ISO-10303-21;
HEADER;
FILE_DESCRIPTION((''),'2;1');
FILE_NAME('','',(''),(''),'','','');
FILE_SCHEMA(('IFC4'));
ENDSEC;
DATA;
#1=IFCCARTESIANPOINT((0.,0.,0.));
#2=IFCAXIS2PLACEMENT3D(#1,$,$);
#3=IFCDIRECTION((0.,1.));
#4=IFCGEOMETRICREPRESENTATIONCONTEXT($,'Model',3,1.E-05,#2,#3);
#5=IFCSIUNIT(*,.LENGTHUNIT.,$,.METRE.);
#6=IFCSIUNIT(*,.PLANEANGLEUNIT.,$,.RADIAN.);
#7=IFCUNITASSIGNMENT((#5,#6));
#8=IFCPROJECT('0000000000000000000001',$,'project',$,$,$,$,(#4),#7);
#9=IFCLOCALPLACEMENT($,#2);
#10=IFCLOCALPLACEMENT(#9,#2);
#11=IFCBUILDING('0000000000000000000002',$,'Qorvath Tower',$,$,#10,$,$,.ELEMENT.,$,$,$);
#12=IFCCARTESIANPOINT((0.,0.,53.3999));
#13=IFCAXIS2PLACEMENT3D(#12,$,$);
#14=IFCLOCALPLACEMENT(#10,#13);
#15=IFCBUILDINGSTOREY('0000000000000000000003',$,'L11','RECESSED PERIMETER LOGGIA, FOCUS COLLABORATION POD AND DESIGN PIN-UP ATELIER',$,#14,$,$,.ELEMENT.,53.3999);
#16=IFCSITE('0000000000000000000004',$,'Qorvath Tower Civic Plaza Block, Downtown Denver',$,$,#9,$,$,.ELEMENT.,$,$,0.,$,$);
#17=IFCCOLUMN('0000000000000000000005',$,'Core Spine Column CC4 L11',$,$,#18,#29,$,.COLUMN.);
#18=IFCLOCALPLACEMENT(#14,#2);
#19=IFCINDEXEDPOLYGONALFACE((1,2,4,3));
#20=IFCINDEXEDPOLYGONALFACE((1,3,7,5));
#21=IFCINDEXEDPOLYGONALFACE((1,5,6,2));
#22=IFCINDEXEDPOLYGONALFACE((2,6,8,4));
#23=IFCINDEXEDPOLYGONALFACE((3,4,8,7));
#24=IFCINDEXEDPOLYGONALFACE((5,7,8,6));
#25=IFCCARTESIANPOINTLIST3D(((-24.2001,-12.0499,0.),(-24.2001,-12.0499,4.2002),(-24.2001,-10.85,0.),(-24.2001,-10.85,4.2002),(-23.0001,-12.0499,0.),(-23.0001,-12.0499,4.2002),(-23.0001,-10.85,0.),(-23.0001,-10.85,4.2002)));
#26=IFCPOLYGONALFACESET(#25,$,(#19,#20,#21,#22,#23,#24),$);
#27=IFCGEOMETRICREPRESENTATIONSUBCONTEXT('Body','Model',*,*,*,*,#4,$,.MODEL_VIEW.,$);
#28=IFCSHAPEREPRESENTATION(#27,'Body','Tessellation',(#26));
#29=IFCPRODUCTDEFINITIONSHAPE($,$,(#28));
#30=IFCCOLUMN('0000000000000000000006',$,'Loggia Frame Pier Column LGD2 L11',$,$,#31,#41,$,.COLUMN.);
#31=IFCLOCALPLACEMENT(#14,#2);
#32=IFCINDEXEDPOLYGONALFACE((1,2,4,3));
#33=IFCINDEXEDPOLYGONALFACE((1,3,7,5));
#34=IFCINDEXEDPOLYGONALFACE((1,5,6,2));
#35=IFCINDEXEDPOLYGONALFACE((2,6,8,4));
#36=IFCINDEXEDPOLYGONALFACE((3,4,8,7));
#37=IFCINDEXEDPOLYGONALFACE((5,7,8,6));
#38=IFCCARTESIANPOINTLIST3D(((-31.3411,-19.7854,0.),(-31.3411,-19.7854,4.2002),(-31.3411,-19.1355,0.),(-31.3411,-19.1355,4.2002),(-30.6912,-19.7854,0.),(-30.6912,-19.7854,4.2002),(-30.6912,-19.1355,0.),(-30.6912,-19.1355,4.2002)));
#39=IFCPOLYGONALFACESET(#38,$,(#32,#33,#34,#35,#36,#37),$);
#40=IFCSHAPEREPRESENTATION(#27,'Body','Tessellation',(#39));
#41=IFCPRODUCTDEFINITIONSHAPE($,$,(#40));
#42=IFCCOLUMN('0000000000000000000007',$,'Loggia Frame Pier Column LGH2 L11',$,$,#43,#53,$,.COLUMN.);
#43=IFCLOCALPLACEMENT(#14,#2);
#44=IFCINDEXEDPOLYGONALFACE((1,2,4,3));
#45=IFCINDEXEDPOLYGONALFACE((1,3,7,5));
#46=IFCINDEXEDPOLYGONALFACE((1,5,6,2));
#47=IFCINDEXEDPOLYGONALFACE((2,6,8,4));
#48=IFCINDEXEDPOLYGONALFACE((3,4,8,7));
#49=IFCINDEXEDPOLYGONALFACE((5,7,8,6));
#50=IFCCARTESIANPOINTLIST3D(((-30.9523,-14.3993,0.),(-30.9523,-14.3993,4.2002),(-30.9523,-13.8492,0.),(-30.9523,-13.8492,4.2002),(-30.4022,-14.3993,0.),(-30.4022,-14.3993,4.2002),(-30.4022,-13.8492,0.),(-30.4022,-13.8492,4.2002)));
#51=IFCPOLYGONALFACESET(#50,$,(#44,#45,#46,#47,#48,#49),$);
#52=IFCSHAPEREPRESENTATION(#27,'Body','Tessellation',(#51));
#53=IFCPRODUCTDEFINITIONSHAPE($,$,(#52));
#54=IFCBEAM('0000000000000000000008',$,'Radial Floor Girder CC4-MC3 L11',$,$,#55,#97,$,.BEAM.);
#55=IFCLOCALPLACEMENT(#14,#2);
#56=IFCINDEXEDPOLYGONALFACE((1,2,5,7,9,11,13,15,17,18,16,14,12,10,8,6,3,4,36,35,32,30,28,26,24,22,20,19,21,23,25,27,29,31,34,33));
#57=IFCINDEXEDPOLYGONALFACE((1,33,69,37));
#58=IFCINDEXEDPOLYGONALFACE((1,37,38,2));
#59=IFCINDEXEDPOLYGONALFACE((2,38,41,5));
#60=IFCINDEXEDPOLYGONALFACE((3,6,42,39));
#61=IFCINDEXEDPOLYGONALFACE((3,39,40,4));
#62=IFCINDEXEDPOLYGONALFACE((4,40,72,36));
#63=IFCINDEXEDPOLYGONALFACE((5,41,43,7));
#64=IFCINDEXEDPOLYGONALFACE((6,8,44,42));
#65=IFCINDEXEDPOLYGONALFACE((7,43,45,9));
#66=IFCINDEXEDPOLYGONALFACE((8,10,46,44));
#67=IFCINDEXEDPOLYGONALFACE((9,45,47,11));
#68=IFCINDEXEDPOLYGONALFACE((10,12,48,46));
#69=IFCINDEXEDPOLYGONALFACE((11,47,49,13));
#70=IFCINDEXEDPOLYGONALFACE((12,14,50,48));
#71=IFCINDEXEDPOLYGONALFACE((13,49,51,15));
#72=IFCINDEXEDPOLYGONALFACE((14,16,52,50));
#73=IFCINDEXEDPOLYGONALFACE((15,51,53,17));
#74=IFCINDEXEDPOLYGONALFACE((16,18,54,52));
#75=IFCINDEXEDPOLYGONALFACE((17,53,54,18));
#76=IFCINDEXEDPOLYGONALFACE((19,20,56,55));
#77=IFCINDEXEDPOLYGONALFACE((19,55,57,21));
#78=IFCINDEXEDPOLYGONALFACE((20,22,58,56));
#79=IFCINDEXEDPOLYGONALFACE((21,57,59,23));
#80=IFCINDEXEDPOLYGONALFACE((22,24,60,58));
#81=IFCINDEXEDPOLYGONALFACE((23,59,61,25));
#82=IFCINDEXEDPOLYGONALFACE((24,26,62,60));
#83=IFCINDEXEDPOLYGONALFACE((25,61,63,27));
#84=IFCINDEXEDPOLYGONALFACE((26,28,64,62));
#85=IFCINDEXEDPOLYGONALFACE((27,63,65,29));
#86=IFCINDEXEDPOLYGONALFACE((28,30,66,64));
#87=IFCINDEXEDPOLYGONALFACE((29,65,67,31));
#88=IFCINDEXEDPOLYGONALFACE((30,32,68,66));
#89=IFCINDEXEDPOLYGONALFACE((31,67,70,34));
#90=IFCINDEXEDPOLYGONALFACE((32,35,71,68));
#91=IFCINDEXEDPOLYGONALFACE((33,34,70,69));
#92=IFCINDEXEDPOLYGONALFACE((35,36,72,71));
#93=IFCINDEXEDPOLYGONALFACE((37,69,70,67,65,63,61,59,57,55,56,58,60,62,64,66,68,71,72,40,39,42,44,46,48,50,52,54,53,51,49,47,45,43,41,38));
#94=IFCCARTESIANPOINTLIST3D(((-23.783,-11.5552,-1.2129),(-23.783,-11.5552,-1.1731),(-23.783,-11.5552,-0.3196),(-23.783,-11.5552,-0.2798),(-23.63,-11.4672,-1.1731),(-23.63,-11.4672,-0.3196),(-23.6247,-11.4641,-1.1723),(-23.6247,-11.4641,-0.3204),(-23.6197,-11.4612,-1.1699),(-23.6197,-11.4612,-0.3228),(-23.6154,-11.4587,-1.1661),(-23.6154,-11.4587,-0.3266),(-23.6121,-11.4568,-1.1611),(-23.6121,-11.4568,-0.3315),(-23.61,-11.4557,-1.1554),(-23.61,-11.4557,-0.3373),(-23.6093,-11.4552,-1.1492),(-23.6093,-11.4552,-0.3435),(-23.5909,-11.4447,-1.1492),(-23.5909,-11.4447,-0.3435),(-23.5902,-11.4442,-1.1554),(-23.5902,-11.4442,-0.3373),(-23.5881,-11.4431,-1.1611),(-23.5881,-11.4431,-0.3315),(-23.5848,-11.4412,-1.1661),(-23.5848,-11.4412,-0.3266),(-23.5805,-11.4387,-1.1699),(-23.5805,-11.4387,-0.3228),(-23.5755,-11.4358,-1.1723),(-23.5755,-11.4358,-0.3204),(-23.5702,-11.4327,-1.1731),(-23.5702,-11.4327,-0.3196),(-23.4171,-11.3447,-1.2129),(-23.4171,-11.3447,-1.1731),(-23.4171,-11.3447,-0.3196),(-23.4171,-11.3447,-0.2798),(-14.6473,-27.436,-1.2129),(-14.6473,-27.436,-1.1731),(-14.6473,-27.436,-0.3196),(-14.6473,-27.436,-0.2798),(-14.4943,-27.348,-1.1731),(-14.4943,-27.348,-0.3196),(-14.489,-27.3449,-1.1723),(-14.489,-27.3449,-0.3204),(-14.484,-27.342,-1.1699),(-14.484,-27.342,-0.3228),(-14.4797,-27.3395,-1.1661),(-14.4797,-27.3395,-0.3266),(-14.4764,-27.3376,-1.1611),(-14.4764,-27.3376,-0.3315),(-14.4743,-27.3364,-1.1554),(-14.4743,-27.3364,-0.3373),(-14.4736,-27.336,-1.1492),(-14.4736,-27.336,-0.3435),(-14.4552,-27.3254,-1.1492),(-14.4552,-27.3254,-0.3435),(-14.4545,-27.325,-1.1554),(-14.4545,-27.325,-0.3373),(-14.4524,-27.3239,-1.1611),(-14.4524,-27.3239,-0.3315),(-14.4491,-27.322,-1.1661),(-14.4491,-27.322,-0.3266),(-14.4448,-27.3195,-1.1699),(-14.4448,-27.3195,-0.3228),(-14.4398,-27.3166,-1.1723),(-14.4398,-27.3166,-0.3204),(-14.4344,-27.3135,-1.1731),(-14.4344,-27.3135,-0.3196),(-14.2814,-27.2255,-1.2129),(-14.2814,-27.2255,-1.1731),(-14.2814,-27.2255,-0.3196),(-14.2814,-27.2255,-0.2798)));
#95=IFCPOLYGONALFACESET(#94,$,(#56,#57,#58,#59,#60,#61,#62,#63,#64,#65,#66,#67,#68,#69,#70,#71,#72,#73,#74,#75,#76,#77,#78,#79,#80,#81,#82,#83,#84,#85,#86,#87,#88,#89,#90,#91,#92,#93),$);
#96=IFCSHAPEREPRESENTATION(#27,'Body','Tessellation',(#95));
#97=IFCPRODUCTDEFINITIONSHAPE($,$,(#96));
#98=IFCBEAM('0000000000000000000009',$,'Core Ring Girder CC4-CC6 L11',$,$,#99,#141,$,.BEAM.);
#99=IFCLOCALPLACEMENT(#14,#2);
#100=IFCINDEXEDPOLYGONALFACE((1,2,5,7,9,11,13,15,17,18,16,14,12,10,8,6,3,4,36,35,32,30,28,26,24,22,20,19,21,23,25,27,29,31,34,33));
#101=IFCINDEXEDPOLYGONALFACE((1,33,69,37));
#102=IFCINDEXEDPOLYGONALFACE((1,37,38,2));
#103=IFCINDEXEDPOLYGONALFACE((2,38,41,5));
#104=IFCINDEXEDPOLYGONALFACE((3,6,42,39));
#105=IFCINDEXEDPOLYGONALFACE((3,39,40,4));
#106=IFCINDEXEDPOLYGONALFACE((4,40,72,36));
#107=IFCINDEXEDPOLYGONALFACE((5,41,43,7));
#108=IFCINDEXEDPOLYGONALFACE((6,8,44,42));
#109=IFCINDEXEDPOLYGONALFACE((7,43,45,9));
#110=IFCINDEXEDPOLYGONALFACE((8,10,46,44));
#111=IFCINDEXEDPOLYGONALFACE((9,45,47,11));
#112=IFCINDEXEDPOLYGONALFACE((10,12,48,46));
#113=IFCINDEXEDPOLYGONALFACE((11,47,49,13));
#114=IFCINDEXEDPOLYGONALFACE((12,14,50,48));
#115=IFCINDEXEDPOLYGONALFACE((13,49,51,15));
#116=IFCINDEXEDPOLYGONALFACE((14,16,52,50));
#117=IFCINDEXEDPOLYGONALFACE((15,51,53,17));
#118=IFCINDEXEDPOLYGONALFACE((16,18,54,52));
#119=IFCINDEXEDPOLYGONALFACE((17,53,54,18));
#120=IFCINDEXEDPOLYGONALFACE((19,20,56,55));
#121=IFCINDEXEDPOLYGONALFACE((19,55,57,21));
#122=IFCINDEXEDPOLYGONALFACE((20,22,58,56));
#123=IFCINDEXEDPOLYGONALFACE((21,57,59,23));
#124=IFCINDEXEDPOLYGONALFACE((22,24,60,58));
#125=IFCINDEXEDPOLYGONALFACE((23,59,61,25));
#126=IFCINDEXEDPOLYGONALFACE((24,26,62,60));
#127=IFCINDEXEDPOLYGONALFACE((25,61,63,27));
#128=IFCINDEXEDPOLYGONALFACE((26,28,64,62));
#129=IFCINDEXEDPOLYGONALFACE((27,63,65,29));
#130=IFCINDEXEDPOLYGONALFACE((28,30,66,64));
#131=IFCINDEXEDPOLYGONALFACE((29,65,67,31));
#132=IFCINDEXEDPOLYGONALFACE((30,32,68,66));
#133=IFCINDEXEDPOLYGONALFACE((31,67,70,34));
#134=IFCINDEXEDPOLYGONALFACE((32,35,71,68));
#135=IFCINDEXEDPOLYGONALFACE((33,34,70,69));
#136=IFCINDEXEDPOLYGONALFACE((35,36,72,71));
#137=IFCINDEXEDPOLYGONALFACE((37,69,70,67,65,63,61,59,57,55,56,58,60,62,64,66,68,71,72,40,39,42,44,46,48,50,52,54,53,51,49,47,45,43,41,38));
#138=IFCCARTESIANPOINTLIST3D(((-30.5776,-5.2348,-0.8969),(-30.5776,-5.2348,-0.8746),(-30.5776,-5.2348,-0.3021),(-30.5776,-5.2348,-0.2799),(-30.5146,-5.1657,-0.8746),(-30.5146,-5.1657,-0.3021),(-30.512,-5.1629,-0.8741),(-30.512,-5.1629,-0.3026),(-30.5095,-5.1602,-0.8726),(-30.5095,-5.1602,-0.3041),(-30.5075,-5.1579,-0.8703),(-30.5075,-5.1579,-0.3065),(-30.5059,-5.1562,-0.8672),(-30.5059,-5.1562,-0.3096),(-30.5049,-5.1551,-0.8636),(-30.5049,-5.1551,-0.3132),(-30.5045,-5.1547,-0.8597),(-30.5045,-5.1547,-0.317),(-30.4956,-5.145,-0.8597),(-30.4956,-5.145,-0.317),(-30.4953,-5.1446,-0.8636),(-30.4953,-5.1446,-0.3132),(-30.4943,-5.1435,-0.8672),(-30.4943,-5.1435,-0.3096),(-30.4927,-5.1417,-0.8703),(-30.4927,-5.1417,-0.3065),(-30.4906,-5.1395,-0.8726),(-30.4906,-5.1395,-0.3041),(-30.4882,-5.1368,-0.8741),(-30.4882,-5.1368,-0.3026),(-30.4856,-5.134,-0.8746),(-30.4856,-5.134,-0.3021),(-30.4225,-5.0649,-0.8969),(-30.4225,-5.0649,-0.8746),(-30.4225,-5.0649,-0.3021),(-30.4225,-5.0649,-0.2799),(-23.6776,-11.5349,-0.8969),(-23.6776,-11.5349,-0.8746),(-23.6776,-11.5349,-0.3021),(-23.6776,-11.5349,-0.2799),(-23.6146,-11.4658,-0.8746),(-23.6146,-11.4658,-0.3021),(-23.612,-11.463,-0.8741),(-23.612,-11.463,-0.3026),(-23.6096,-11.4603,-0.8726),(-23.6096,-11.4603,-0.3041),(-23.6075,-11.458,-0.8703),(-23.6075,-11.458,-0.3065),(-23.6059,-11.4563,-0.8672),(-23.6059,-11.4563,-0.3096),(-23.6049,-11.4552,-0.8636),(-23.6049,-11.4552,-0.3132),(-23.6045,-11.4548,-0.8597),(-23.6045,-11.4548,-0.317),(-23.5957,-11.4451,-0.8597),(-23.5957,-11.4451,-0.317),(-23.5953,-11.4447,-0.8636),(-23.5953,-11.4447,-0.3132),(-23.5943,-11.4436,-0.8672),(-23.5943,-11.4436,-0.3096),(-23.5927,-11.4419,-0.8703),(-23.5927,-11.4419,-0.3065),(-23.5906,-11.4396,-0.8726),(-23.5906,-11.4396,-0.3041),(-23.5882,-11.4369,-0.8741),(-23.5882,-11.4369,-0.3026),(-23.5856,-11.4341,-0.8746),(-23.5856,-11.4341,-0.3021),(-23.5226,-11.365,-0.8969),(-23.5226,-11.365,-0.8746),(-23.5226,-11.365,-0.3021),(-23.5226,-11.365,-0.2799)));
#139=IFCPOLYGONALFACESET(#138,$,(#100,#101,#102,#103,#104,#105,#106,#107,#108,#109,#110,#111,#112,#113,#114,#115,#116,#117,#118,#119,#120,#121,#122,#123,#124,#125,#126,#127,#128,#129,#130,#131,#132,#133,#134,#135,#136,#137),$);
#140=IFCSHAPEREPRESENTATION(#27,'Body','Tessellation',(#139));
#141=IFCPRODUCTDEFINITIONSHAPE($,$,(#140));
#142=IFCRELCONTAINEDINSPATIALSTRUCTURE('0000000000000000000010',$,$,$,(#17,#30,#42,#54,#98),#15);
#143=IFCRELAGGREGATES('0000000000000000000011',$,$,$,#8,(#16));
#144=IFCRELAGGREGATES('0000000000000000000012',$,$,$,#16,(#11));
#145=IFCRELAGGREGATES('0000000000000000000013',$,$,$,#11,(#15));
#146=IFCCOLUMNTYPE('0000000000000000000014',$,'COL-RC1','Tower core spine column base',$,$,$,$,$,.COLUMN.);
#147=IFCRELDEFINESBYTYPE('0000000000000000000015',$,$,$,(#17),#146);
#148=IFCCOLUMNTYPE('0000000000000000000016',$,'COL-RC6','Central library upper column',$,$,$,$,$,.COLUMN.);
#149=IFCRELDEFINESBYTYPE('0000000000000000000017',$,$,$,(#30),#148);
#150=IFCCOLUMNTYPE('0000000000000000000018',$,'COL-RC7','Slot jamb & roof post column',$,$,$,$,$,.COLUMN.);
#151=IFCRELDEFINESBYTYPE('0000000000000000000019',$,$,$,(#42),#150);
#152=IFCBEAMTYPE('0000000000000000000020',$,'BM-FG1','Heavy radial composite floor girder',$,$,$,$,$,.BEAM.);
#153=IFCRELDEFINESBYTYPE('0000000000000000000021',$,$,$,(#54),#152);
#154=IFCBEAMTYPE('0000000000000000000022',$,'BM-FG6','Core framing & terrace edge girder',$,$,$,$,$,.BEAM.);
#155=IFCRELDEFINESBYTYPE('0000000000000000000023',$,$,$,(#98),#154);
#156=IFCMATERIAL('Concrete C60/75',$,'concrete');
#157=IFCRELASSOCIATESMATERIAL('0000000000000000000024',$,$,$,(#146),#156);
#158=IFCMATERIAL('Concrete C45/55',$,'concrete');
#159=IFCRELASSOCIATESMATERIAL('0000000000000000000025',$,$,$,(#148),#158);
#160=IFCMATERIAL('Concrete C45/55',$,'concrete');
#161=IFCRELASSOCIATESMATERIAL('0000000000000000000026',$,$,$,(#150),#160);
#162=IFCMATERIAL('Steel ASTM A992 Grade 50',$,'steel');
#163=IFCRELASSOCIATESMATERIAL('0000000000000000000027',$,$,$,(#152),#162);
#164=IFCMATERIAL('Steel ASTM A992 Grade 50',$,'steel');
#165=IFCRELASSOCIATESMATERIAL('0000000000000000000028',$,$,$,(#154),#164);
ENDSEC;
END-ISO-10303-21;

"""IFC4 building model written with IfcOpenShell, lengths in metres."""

from ifc_helpers import new_model, si_unit, direction, frame, origin, origin_2d, place, context, subcontext, project, spatial, rectangle, i_section, extrude, material, material_profile, profile_set, type_object, element, save


model = new_model("IFC4")

# Units and contexts
model_context = context("Model", 3, precision=1e-05, world=origin(), true_north=direction((0.0, 1.0)))
body_context = subcontext(model_context, "Body", "Model", "MODEL_VIEW")
ifc_project = project(units=[si_unit("LENGTHUNIT", "METRE"), si_unit("PLANEANGLEUNIT", "RADIAN")], contexts=[model_context])

# Site, building, storey
site_placement = place(None, origin())
site = spatial("IfcSite", under=ifc_project, at=site_placement, Name="Qorvath Tower Civic Plaza Block, Downtown Denver", CompositionType="ELEMENT", RefElevation=0.0)
building_placement = place(site_placement, origin())
building = spatial("IfcBuilding", under=site, at=building_placement, Name="Qorvath Tower", CompositionType="ELEMENT")
storey_placement = place(building_placement, frame((0.0, 0.0, 53.3999)))
storey = spatial("IfcBuildingStorey", under=building, at=storey_placement, Name="L11", Description="RECESSED PERIMETER LOGGIA, FOCUS COLLABORATION POD AND DESIGN PIN-UP ATELIER", CompositionType="ELEMENT", Elevation=53.3999)

# Columns
ifc_material_1 = material(Name="Concrete C60/75", Category="concrete")
ifc_material_profile_1 = material_profile(ifc_material_1, rectangle(XDim=1.2, YDim=1.2, at=origin_2d()), Name="RC 1200x1200")
ifc_profile_set_1 = profile_set([ifc_material_profile_1], Name="Concrete C60/75")
column_type_1 = type_object("IfcColumnType", Name="COL-RC1", Description="Tower core spine column base", PredefinedType="COLUMN", material=ifc_profile_set_1)
column_1_placement = place(storey_placement, frame((-23.6001, -11.45, 0.0), z_axis=(0.0, 0.0, 1.0), x_axis=(1.0, 0.0, 0.0)))
element("IfcColumn", 1, at=column_1_placement, inside=storey, type_object=column_type_1, Name="Core Spine Column CC4 L11", PredefinedType="COLUMN", context=body_context, shape_type="SweptSolid", body=[
    extrude(rectangle(XDim=1.2, YDim=1.2, at=origin_2d()), origin(), (0.0, 0.0, 1.0), 4.2002),
])
ifc_material_2 = material(Name="Concrete C45/55", Category="concrete")
ifc_material_profile_2 = material_profile(ifc_material_2, rectangle(XDim=0.6499, YDim=0.6499, at=origin_2d()), Name="RC 650x650")
ifc_profile_set_2 = profile_set([ifc_material_profile_2], Name="Concrete C45/55")
column_type_2 = type_object("IfcColumnType", Name="COL-RC6", Description="Central library upper column", PredefinedType="COLUMN", material=ifc_profile_set_2)
column_2_placement = place(storey_placement, frame((-31.0161, -19.4604, 0.0), z_axis=(0.0, 0.0, 1.0), x_axis=(1.0, 0.0, 0.0)))
element("IfcColumn", 2, at=column_2_placement, inside=storey, type_object=column_type_2, Name="Loggia Frame Pier Column LGD2 L11", PredefinedType="COLUMN", context=body_context, shape_type="SweptSolid", body=[
    extrude(rectangle(XDim=0.6499, YDim=0.6499, at=origin_2d()), origin(), (0.0, 0.0, 1.0), 4.2002),
])
ifc_material_3 = material(Name="Concrete C45/55", Category="concrete")
ifc_material_profile_3 = material_profile(ifc_material_3, rectangle(XDim=0.55, YDim=0.55, at=origin_2d()), Name="RC 550x550")
ifc_profile_set_3 = profile_set([ifc_material_profile_3], Name="Concrete C45/55")
column_type_3 = type_object("IfcColumnType", Name="COL-RC7", Description="Slot jamb & roof post column", PredefinedType="COLUMN", material=ifc_profile_set_3)
column_3_placement = place(storey_placement, frame((-30.6772, -14.1243, 0.0), z_axis=(0.0, 0.0, 1.0), x_axis=(1.0, 0.0, 0.0)))
element("IfcColumn", 3, at=column_3_placement, inside=storey, type_object=column_type_3, Name="Loggia Frame Pier Column LGH2 L11", PredefinedType="COLUMN", context=body_context, shape_type="SweptSolid", body=[
    extrude(rectangle(XDim=0.55, YDim=0.55, at=origin_2d()), origin(), (0.0, 0.0, 1.0), 4.2002),
])

# Beams
ifc_material_4 = material(Name="Steel ASTM A992 Grade 50", Category="steel")
ifc_material_profile_4 = material_profile(ifc_material_4, i_section(OverallWidth=0.4221, OverallDepth=0.9331, WebThickness=0.0212, FlangeThickness=0.0398, FilletRadius=0.0239, at=origin_2d()), Name="W36x262")
ifc_profile_set_4 = profile_set([ifc_material_profile_4], Name="Steel ASTM A992 Grade 50")
beam_type_1 = type_object("IfcBeamType", Name="BM-FG1", Description="Heavy radial composite floor girder", PredefinedType="BEAM", material=ifc_profile_set_4)
beam_1_placement = place(storey_placement, frame((-23.6001, -11.45, -0.7463), z_axis=(0.498645, -0.866806, 0.0), x_axis=(0.866806, 0.498645, 0.0)))
element("IfcBeam", 4, at=beam_1_placement, inside=storey, type_object=beam_type_1, Name="Radial Floor Girder CC4-MC3 L11", PredefinedType="BEAM", context=body_context, shape_type="SweptSolid", body=[
    extrude(i_section(OverallWidth=0.4221, OverallDepth=0.9331, WebThickness=0.0212, FlangeThickness=0.0398, FilletRadius=0.0239, at=origin_2d()), origin(), (0.0, 0.0, 1.0), 18.321),
])
ifc_material_5 = material(Name="Steel ASTM A992 Grade 50", Category="steel")
ifc_material_profile_5 = material_profile(ifc_material_5, i_section(OverallWidth=0.23, OverallDepth=0.6169, WebThickness=0.0132, FlangeThickness=0.0222, FilletRadius=0.0149, at=origin_2d()), Name="W24x94")
ifc_profile_set_5 = profile_set([ifc_material_profile_5], Name="Steel ASTM A992 Grade 50")
beam_type_2 = type_object("IfcBeamType", Name="BM-FG6", Description="Core framing & terrace edge girder", PredefinedType="BEAM", material=ifc_profile_set_5)
beam_2_placement = place(storey_placement, frame((-23.6001, -11.45, -0.5884), z_axis=(-0.738478, 0.674277, 0.0), x_axis=(-0.674277, -0.738478, 0.0)))
element("IfcBeam", 5, at=beam_2_placement, inside=storey, type_object=beam_type_2, Name="Core Ring Girder CC4-CC6 L11", PredefinedType="BEAM", context=body_context, shape_type="SweptSolid", body=[
    extrude(i_section(OverallWidth=0.23, OverallDepth=0.6169, WebThickness=0.0132, FlangeThickness=0.0222, FilletRadius=0.0149, at=origin_2d()), origin(), (0.0, 0.0, 1.0), 9.3435),
])

save(model, "model.ifc")
